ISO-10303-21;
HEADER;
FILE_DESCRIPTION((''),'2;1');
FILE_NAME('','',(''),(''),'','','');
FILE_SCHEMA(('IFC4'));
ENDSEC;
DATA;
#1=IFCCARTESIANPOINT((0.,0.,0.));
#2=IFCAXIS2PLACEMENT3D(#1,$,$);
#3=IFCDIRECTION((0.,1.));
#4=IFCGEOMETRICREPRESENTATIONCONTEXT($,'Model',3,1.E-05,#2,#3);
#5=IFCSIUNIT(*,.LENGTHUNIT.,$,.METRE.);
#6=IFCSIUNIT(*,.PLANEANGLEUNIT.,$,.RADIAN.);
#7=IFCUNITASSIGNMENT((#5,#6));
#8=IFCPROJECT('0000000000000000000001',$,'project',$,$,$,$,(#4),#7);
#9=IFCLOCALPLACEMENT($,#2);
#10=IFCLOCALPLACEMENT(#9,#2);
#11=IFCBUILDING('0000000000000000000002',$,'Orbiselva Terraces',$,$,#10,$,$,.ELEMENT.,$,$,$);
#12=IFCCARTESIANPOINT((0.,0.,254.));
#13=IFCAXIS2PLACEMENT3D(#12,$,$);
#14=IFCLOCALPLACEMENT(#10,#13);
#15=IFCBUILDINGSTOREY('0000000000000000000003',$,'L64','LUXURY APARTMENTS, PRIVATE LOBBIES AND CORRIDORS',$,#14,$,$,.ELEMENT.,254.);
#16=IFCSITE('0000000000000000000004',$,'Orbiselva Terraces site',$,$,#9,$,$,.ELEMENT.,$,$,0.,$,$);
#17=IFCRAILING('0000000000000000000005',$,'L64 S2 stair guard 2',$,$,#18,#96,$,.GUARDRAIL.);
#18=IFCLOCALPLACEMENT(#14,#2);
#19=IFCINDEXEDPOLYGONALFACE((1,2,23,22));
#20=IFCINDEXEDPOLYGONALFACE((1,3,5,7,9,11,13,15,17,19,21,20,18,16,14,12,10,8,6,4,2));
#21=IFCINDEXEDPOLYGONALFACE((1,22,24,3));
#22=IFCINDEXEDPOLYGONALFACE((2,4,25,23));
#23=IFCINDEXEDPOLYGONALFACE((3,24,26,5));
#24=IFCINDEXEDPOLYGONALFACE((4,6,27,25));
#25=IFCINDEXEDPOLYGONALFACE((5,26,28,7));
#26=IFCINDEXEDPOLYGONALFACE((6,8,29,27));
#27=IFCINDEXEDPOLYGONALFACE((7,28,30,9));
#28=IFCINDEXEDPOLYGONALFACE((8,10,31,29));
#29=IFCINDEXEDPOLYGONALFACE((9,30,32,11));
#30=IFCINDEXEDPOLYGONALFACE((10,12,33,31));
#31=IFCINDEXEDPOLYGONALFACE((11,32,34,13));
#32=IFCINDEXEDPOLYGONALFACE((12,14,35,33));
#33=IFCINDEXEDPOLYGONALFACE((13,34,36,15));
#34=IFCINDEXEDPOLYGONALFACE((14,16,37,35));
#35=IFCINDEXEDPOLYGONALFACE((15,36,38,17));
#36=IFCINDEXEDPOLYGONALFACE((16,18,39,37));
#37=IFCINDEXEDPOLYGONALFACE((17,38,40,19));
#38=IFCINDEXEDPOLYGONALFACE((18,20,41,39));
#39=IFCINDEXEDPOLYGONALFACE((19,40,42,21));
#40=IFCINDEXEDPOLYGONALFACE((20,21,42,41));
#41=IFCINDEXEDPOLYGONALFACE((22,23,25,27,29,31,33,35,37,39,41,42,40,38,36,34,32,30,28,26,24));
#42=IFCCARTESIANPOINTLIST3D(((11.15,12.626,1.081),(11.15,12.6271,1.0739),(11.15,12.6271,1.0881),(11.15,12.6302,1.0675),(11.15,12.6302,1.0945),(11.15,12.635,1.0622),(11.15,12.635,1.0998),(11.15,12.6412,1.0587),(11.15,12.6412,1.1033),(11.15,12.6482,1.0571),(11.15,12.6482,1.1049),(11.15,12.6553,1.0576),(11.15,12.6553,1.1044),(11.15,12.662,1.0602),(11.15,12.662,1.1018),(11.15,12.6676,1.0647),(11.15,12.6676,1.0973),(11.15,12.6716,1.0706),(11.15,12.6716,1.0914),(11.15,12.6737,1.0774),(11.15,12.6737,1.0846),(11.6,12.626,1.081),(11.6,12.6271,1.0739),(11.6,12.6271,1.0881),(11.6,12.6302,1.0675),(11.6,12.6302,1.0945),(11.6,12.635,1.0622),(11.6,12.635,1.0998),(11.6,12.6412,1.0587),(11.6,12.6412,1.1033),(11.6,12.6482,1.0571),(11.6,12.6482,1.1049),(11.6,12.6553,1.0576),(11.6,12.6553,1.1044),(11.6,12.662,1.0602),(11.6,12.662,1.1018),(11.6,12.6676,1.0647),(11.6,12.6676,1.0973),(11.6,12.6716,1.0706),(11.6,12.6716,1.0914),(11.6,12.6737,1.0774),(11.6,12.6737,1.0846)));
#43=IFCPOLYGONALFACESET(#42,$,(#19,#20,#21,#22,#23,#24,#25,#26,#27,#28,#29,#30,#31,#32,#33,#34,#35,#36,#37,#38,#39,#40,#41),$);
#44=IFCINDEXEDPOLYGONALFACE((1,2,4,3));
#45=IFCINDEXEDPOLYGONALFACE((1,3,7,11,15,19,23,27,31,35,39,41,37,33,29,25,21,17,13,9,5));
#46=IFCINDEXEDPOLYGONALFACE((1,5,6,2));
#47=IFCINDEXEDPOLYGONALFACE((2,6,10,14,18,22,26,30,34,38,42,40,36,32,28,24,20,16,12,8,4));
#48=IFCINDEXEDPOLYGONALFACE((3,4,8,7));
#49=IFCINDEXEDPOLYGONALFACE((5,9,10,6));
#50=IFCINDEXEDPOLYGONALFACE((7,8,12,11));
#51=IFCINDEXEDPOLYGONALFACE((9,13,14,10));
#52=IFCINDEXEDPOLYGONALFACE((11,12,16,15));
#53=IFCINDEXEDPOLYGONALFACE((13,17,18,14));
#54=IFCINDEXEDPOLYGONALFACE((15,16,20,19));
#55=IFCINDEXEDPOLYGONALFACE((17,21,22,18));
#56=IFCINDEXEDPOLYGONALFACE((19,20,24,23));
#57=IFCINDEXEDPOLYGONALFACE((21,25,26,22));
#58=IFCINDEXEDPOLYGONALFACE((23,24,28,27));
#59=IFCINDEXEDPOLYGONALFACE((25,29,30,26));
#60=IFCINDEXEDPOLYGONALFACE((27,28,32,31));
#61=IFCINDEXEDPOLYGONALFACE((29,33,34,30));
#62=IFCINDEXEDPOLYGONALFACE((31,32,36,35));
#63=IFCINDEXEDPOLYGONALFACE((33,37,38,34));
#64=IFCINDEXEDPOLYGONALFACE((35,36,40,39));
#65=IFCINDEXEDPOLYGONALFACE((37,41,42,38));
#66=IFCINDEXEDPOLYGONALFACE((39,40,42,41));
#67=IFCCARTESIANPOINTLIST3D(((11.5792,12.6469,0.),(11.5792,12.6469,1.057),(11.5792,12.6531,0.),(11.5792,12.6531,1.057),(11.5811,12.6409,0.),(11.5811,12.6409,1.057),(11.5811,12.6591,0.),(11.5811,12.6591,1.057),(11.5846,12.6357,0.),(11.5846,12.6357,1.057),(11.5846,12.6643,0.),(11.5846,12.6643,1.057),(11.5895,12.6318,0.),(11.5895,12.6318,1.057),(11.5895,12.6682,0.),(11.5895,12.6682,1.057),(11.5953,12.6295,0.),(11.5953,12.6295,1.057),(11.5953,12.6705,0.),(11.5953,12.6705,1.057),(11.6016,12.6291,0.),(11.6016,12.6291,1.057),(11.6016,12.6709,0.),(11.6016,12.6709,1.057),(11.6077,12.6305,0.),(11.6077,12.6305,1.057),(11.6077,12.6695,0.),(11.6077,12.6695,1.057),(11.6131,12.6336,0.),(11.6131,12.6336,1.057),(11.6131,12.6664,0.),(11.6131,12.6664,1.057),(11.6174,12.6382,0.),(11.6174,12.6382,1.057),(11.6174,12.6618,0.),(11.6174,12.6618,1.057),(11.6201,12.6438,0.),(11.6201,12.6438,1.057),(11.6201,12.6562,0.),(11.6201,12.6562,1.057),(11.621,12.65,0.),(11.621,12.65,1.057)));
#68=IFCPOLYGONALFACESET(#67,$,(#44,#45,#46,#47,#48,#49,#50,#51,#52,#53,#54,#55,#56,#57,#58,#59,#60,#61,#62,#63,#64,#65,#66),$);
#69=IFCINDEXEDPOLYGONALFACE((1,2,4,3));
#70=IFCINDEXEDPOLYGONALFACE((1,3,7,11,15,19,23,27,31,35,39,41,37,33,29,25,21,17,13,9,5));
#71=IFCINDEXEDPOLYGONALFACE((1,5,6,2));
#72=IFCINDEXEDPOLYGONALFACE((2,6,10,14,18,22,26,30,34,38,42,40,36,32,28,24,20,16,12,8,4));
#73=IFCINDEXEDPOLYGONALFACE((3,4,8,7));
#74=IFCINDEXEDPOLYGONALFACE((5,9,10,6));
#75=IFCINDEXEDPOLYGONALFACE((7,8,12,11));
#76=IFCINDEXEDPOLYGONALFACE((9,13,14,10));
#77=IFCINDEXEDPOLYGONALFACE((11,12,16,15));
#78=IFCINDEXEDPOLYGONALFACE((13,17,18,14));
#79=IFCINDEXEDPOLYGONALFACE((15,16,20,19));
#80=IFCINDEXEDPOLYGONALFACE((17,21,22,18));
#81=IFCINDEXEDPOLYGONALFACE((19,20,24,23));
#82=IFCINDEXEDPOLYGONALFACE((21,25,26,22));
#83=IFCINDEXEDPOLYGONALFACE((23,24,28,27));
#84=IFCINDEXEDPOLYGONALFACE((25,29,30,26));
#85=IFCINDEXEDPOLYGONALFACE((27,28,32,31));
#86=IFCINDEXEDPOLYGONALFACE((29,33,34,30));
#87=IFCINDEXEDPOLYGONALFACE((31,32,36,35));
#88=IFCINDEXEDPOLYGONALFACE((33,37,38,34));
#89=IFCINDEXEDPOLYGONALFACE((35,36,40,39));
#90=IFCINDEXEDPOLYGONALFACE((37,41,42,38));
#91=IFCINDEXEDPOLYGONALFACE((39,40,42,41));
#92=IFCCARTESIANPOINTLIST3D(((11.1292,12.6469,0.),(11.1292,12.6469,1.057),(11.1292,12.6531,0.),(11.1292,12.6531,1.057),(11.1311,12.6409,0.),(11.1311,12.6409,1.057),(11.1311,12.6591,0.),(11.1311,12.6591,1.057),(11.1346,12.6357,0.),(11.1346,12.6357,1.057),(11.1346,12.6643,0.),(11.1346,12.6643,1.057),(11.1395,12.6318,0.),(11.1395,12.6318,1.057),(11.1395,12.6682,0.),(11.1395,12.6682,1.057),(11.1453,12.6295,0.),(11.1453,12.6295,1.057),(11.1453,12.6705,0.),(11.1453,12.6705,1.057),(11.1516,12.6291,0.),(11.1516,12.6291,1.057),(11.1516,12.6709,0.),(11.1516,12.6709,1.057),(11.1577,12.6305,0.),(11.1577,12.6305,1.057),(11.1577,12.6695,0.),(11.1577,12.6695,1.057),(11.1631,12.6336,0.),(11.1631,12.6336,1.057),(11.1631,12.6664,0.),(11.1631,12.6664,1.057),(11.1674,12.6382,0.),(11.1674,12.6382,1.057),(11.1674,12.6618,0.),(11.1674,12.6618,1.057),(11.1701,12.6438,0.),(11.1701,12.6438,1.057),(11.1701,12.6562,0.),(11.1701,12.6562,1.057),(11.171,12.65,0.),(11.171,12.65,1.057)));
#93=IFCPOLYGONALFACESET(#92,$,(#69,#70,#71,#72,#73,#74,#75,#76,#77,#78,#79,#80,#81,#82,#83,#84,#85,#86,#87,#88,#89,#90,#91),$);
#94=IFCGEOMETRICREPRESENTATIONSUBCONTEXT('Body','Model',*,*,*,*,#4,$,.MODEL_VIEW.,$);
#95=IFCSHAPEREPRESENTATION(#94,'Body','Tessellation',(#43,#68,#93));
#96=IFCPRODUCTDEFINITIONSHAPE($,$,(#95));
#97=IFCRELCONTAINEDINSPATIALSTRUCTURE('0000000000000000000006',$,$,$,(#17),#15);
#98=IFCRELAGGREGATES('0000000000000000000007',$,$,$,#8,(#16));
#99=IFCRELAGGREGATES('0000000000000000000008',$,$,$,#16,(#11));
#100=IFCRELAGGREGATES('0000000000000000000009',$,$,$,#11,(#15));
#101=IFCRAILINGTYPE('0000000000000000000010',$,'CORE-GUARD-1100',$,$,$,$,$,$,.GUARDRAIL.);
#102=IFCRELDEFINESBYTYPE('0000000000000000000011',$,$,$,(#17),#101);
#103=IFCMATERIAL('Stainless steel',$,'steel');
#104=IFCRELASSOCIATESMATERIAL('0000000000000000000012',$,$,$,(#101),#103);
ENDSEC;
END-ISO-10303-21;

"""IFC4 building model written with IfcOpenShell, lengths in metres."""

from ifc_helpers import new_model, si_unit, direction, frame, origin, origin_2d, place, context, subcontext, project, spatial, circle, extrude, material, type_object, element, save


model = new_model("IFC4")

# Units and contexts
model_context = context("Model", 3, precision=1e-05, world=origin(), true_north=direction((0.0, 1.0)))
body_context = subcontext(model_context, "Body", "Model", "MODEL_VIEW")
ifc_project = project(units=[si_unit("LENGTHUNIT", "METRE"), si_unit("PLANEANGLEUNIT", "RADIAN")], contexts=[model_context])

# Site, building, storey
site_placement = place(None, origin())
site = spatial("IfcSite", under=ifc_project, at=site_placement, Name="Orbiselva Terraces site", CompositionType="ELEMENT", RefElevation=0.0)
building_placement = place(site_placement, origin())
building = spatial("IfcBuilding", under=site, at=building_placement, Name="Orbiselva Terraces", CompositionType="ELEMENT")
storey_placement = place(building_placement, frame((0.0, 0.0, 254.0)))
storey = spatial("IfcBuildingStorey", under=building, at=storey_placement, Name="L64", Description="LUXURY APARTMENTS, PRIVATE LOBBIES AND CORRIDORS", CompositionType="ELEMENT", Elevation=254.0)

# Railing
ifc_material_1 = material(Name="Stainless steel", Category="steel")
railing_type = type_object("IfcRailingType", Name="CORE-GUARD-1100", PredefinedType="GUARDRAIL", material=ifc_material_1)
railing_1_placement = place(storey_placement, frame((11.6, 12.65, 0.0)))
element("IfcRailing", 1, at=railing_1_placement, inside=storey, type_object=railing_type, Name="L64 S2 stair guard 2", PredefinedType="GUARDRAIL", context=body_context, shape_type="SweptSolid", body=[
    extrude(circle(Radius=0.024, at=origin_2d()), frame((0.0, 0.0, 1.081), z_axis=(-1.0, 0.0, 0.0), x_axis=(0.0, -1.0, 0.0)), (0.0, 0.0, 1.0), 0.45),
    extrude(circle(Radius=0.021, at=origin_2d()), origin(), (0.0, 0.0, 1.0), 1.057),
    extrude(circle(Radius=0.021, at=origin_2d()), frame((-0.45, 0.0, 0.0)), (0.0, 0.0, 1.0), 1.057),
])

save(model, "model.ifc")
